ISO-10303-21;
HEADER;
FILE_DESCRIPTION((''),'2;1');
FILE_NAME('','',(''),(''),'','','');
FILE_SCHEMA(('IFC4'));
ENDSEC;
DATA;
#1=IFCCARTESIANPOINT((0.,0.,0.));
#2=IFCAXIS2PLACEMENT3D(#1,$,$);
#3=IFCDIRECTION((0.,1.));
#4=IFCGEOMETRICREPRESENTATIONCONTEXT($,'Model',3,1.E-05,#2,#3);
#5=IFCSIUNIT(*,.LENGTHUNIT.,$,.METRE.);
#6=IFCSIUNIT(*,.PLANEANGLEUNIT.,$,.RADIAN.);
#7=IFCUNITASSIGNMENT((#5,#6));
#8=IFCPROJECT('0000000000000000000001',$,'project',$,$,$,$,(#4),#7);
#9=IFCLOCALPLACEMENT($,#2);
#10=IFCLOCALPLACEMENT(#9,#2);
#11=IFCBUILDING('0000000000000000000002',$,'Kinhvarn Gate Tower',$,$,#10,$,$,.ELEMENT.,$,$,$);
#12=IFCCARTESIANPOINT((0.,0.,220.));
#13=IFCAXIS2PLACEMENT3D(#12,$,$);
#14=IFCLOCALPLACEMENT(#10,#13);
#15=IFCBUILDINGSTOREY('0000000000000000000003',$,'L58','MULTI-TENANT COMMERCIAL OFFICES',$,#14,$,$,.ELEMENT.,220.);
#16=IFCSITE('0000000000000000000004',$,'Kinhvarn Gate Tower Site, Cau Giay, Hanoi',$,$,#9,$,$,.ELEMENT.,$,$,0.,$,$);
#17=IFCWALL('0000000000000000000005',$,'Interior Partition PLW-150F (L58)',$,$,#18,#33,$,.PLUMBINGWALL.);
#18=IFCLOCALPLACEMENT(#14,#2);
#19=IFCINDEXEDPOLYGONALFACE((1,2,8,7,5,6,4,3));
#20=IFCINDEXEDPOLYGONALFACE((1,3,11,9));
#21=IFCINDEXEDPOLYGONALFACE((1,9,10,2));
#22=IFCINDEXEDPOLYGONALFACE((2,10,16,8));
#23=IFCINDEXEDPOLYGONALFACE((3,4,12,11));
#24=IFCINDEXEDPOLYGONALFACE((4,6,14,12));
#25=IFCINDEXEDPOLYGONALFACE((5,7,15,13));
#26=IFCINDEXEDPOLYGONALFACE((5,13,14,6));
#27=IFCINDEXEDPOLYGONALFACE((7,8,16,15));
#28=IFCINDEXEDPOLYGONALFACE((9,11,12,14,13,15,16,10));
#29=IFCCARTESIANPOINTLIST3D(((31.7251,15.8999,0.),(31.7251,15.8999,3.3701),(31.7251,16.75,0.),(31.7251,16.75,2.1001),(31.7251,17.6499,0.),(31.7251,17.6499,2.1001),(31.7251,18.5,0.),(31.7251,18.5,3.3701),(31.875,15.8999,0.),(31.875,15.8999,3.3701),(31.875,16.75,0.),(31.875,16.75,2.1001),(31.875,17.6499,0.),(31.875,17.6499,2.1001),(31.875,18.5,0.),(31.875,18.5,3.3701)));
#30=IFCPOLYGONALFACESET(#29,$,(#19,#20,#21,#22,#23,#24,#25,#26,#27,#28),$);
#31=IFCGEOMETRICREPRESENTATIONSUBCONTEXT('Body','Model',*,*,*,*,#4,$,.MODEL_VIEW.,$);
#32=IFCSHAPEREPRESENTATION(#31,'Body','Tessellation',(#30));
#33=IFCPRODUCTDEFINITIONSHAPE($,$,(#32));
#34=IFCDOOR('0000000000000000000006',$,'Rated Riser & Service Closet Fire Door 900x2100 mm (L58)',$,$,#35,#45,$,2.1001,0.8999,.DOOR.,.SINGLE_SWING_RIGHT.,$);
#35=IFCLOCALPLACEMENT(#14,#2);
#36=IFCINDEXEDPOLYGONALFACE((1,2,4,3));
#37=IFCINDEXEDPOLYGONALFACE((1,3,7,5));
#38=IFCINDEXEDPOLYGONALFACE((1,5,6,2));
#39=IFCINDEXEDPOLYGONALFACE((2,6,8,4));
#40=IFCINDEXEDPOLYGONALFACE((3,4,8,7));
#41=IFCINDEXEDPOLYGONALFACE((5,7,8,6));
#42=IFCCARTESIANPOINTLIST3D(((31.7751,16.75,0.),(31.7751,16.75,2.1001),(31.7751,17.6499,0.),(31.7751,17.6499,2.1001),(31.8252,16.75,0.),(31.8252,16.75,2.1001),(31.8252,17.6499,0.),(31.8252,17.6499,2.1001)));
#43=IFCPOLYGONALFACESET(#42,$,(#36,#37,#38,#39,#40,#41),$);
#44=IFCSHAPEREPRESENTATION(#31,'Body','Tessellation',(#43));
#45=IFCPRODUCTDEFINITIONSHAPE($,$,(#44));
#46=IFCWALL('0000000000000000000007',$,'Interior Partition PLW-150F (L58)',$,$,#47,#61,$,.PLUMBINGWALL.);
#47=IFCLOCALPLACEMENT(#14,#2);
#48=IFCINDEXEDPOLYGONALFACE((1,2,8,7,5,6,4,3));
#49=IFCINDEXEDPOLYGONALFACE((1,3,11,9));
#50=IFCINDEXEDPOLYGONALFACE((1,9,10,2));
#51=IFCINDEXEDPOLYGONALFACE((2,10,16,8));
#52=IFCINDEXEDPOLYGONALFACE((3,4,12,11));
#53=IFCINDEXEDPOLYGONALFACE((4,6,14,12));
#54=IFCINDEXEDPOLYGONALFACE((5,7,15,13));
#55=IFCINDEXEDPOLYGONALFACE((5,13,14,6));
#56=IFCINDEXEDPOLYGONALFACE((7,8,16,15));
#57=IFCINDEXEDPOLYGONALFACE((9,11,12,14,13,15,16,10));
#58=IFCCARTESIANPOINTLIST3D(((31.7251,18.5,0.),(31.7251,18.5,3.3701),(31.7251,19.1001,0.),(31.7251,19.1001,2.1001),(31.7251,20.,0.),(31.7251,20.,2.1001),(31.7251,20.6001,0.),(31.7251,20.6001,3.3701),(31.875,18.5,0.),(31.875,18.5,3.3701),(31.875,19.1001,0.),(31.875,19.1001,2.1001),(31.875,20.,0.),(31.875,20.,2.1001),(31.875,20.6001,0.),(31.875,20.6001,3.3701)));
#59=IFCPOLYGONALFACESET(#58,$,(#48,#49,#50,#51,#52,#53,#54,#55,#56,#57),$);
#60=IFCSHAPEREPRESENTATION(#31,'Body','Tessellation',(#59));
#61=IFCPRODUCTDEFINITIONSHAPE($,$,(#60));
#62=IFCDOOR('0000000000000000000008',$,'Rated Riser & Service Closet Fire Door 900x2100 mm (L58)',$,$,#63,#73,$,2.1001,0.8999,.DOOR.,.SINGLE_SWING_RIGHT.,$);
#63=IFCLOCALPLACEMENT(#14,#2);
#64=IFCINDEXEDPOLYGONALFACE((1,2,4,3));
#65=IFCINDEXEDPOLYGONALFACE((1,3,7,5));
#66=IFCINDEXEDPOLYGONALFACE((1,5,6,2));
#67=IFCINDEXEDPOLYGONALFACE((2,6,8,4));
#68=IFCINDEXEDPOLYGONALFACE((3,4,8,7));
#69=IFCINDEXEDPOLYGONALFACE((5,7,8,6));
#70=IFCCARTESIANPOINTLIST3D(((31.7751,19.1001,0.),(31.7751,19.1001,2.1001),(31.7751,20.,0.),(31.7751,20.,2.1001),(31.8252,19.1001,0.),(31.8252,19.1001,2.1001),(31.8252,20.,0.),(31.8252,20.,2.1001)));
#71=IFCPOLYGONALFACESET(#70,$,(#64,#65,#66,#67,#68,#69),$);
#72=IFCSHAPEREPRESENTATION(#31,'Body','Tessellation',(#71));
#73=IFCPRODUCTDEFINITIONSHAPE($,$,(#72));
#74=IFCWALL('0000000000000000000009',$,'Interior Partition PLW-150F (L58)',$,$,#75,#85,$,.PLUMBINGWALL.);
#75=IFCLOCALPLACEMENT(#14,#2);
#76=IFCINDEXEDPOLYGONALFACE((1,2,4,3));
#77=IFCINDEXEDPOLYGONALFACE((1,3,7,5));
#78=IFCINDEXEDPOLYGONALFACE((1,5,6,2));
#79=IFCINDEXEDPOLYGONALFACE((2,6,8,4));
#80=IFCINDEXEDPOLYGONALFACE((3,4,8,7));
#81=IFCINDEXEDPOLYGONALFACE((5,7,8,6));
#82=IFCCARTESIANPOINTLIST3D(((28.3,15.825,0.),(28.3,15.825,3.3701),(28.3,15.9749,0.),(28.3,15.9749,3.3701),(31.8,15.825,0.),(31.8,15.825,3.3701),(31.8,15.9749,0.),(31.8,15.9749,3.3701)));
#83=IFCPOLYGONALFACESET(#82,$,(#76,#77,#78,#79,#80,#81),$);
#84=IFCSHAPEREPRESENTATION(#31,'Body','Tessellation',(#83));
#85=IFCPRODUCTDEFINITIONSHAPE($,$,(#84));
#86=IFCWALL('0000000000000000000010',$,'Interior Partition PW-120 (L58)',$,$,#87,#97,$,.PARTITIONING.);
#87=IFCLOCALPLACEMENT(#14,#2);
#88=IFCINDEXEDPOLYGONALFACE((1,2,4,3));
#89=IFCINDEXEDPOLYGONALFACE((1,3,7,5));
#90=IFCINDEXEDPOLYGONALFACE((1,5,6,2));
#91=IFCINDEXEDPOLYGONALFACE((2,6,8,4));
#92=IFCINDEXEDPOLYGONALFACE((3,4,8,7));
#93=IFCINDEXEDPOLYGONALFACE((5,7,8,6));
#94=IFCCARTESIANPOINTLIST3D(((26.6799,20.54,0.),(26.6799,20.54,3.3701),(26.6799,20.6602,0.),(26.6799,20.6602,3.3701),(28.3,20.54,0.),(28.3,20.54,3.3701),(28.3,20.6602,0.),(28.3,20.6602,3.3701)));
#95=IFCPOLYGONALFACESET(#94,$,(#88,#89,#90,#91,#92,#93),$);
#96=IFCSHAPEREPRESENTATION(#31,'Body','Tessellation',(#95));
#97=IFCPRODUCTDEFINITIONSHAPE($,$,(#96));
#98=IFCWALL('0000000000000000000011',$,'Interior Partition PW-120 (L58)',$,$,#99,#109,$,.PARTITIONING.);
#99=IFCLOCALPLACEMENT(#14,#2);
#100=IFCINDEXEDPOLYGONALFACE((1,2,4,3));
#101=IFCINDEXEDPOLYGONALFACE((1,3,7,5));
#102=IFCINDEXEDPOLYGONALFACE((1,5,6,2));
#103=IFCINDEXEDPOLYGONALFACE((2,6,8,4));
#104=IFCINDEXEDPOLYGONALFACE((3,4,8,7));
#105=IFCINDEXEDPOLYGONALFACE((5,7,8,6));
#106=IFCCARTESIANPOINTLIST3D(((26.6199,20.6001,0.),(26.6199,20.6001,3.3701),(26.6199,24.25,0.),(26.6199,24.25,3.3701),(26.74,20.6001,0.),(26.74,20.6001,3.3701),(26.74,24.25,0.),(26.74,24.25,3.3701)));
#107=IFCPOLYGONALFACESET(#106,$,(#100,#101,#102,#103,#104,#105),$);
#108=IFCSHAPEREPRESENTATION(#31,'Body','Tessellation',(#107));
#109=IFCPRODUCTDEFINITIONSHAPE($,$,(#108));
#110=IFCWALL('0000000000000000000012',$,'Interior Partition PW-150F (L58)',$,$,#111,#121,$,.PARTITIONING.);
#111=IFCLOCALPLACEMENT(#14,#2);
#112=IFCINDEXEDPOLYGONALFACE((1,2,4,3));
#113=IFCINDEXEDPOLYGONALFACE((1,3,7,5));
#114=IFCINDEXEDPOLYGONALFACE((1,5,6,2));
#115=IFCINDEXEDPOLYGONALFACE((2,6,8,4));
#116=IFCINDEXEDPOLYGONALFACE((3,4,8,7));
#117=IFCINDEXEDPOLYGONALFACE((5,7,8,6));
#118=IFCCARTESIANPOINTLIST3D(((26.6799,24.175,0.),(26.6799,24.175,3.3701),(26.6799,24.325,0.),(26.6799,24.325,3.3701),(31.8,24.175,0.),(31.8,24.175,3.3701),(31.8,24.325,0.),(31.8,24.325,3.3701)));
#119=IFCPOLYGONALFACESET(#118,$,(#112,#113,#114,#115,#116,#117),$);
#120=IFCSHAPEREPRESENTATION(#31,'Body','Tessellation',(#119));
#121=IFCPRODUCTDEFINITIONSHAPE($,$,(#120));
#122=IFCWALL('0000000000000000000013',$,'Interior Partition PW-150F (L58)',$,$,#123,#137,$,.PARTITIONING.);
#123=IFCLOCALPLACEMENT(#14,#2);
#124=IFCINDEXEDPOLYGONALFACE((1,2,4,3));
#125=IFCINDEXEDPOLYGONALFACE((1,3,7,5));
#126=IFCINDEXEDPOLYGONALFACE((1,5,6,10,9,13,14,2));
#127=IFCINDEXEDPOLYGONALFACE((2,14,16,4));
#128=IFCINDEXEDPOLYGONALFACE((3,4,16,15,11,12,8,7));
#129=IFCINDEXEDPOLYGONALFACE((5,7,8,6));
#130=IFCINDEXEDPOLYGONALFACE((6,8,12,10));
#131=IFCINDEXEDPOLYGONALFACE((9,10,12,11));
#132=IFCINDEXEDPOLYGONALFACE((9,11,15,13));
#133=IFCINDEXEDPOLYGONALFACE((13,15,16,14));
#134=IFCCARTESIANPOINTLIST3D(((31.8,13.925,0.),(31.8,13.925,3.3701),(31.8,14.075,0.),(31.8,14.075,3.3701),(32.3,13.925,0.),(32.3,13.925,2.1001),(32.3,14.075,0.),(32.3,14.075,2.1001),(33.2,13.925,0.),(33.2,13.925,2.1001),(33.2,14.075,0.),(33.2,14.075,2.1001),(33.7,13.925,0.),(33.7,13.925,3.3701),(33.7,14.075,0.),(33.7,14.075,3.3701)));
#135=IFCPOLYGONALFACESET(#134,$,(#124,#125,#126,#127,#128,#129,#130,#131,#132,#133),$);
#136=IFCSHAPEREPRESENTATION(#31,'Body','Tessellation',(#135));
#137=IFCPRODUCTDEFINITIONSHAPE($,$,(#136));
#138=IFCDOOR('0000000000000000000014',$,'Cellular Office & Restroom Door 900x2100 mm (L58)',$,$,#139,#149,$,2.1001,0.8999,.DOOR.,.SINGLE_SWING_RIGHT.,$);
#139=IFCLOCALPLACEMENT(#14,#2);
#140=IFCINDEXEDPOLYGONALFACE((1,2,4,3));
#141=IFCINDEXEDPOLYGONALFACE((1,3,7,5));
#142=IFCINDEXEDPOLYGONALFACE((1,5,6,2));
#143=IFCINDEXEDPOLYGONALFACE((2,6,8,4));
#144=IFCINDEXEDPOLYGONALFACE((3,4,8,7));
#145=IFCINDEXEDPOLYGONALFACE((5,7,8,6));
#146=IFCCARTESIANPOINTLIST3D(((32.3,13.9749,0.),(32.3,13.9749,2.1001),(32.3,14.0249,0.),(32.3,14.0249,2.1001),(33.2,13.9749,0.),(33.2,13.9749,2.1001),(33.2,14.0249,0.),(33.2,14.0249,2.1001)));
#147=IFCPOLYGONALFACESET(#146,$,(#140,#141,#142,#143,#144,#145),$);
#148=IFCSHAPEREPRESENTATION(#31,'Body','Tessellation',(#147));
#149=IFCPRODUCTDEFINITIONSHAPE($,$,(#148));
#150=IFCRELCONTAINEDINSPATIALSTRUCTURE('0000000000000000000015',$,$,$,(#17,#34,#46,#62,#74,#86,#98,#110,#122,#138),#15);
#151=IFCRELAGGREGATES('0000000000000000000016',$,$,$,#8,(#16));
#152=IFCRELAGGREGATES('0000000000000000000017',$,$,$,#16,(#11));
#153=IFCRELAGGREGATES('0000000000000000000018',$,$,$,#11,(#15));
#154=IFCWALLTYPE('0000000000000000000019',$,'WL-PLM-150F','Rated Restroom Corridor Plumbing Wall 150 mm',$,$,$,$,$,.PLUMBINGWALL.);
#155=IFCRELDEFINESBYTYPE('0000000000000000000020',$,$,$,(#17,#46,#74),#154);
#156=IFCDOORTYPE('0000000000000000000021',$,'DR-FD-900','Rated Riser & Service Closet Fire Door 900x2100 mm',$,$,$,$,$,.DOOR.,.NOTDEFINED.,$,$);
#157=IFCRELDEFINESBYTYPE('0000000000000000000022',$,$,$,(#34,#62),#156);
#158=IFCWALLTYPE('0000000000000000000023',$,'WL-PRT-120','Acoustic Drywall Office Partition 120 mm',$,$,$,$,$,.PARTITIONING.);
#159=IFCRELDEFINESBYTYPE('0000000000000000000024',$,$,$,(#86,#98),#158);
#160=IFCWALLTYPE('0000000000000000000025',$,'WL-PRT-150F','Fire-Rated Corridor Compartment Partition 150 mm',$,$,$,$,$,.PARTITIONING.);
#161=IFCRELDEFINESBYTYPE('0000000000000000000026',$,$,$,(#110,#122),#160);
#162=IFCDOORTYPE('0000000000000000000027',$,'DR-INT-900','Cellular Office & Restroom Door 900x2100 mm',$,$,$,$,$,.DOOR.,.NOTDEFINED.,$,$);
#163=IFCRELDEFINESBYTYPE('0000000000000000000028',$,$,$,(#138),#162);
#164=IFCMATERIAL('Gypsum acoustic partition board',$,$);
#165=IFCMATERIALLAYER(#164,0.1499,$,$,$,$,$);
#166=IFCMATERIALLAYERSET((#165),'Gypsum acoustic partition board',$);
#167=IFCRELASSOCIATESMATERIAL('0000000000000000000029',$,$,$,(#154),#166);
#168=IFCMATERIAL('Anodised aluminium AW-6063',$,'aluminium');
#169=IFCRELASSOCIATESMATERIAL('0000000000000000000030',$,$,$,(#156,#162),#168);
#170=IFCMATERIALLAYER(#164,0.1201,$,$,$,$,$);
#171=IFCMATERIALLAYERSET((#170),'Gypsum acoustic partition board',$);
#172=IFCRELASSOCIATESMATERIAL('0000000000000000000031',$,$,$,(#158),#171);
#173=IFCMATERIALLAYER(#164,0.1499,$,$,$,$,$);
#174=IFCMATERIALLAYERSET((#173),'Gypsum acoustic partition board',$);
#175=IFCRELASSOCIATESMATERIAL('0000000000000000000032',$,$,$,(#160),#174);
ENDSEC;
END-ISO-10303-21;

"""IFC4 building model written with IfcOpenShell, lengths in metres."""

from ifc_helpers import new_model, si_unit, direction, frame, frame_2d, origin, place, context, subcontext, project, spatial, rectangle, extrude, material, layer, layer_set, type_object, element, fill, save


model = new_model("IFC4")

# Units and contexts
model_context = context("Model", 3, precision=1e-05, world=origin(), true_north=direction((0.0, 1.0)))
body_context = subcontext(model_context, "Body", "Model", "MODEL_VIEW")
ifc_project = project(units=[si_unit("LENGTHUNIT", "METRE"), si_unit("PLANEANGLEUNIT", "RADIAN")], contexts=[model_context])

# Site, building, storey
site_placement = place(None, origin())
site = spatial("IfcSite", under=ifc_project, at=site_placement, Name="Kinhvarn Gate Tower Site, Cau Giay, Hanoi", CompositionType="ELEMENT", RefElevation=0.0)
building_placement = place(site_placement, origin())
building = spatial("IfcBuilding", under=site, at=building_placement, Name="Kinhvarn Gate Tower", CompositionType="ELEMENT")
storey_placement = place(building_placement, frame((0.0, 0.0, 220.0)))
storey = spatial("IfcBuildingStorey", under=building, at=storey_placement, Name="L58", Description="MULTI-TENANT COMMERCIAL OFFICES", CompositionType="ELEMENT", Elevation=220.0)

# Shared definitions
ifc_material_1 = material(Name="Gypsum acoustic partition board")

# Walls, openings, doors
ifc_layer_1 = layer(ifc_material_1, 0.1499)
ifc_layer_set_1 = layer_set([ifc_layer_1], Name="Gypsum acoustic partition board")
wall_type_1 = type_object("IfcWallType", Name="WL-PLM-150F", Description="Rated Restroom Corridor Plumbing Wall 150 mm", PredefinedType="PLUMBINGWALL", material=ifc_layer_set_1)
wall_1_placement = place(storey_placement, frame((31.8, 15.8999, 0.0), z_axis=(0.0, 0.0, 1.0), x_axis=(0.0, 1.0, 0.0)))
wall_1 = element("IfcWall", 1, at=wall_1_placement, inside=storey, type_object=wall_type_1, Name="Interior Partition PLW-150F (L58)", PredefinedType="PLUMBINGWALL", context=body_context, shape_type="SweptSolid", body=[
    extrude(rectangle(XDim=2.6001, YDim=0.1499, at=frame_2d((1.3, 0.0))), origin(), (0.0, 0.0, 1.0), 3.3701),
])
opening_1_placement = place(wall_1_placement, frame((0.8501, 0.0, 0.0)))
opening_1 = element("IfcOpeningElement", 2, at=opening_1_placement, cuts=wall_1, PredefinedType="OPENING", context=body_context, shape_type="SweptSolid", body=[
    extrude(rectangle(XDim=0.8999, YDim=2.1001, at=frame_2d((0.45, 1.05))), frame((0.0, 0.085, 0.0), z_axis=(0.0, -1.0, 0.0), x_axis=(1.0, 0.0, 0.0)), (0.0, 0.0, 1.0), 0.1699),
])
ifc_material_2 = material(Name="Anodised aluminium AW-6063", Category="aluminium")
door_type_1 = type_object("IfcDoorType", Name="DR-FD-900", Description="Rated Riser & Service Closet Fire Door 900x2100 mm", OperationType="NOTDEFINED", PredefinedType="DOOR", material=ifc_material_2)
door_1_placement = place(opening_1_placement, origin())
door_1 = element("IfcDoor", 3, at=door_1_placement, inside=storey, type_object=door_type_1, Name="Rated Riser & Service Closet Fire Door 900x2100 mm (L58)", OperationType="SINGLE_SWING_RIGHT", OverallHeight=2.1001, OverallWidth=0.8999, PredefinedType="DOOR", context=body_context, shape_type="SweptSolid", body=[
    extrude(rectangle(XDim=0.8999, YDim=2.1001, at=frame_2d((0.45, 1.05))), frame((0.0, 0.0249, 0.0), z_axis=(0.0, -1.0, 0.0), x_axis=(1.0, 0.0, 0.0)), (0.0, 0.0, 1.0), 0.05),
])
fill(opening_1, door_1)
wall_2_placement = place(storey_placement, frame((31.8, 18.5, 0.0), z_axis=(0.0, 0.0, 1.0), x_axis=(0.0, 1.0, 0.0)))
wall_2 = element("IfcWall", 4, at=wall_2_placement, inside=storey, type_object=wall_type_1, Name="Interior Partition PLW-150F (L58)", PredefinedType="PLUMBINGWALL", context=body_context, shape_type="SweptSolid", body=[
    extrude(rectangle(XDim=2.1001, YDim=0.1499, at=frame_2d((1.05, 0.0))), origin(), (0.0, 0.0, 1.0), 3.3701),
])
opening_2_placement = place(wall_2_placement, frame((0.6001, 0.0, 0.0)))
opening_2 = element("IfcOpeningElement", 5, at=opening_2_placement, cuts=wall_2, PredefinedType="OPENING", context=body_context, shape_type="SweptSolid", body=[
    extrude(rectangle(XDim=0.8999, YDim=2.1001, at=frame_2d((0.45, 1.05))), frame((0.0, 0.085, 0.0), z_axis=(0.0, -1.0, 0.0), x_axis=(1.0, 0.0, 0.0)), (0.0, 0.0, 1.0), 0.1699),
])
door_2_placement = place(opening_2_placement, origin())
door_2 = element("IfcDoor", 6, at=door_2_placement, inside=storey, type_object=door_type_1, Name="Rated Riser & Service Closet Fire Door 900x2100 mm (L58)", OperationType="SINGLE_SWING_RIGHT", OverallHeight=2.1001, OverallWidth=0.8999, PredefinedType="DOOR", context=body_context, shape_type="SweptSolid", body=[
    extrude(rectangle(XDim=0.8999, YDim=2.1001, at=frame_2d((0.45, 1.05))), frame((0.0, 0.0249, 0.0), z_axis=(0.0, -1.0, 0.0), x_axis=(1.0, 0.0, 0.0)), (0.0, 0.0, 1.0), 0.05),
])
fill(opening_2, door_2)

# Walls
wall_3_placement = place(storey_placement, frame((28.3, 15.8999, 0.0), z_axis=(0.0, 0.0, 1.0), x_axis=(1.0, 0.0, 0.0)))
element("IfcWall", 7, at=wall_3_placement, inside=storey, type_object=wall_type_1, Name="Interior Partition PLW-150F (L58)", PredefinedType="PLUMBINGWALL", context=body_context, shape_type="SweptSolid", body=[
    extrude(rectangle(XDim=3.5, YDim=0.1499, at=frame_2d((1.75, 0.0))), origin(), (0.0, 0.0, 1.0), 3.3701),
])
ifc_layer_2 = layer(ifc_material_1, 0.1201)
ifc_layer_set_2 = layer_set([ifc_layer_2], Name="Gypsum acoustic partition board")
wall_type_2 = type_object("IfcWallType", Name="WL-PRT-120", Description="Acoustic Drywall Office Partition 120 mm", PredefinedType="PARTITIONING", material=ifc_layer_set_2)
wall_4_placement = place(storey_placement, frame((26.6799, 20.6001, 0.0), z_axis=(0.0, 0.0, 1.0), x_axis=(1.0, 0.0, 0.0)))
element("IfcWall", 8, at=wall_4_placement, inside=storey, type_object=wall_type_2, Name="Interior Partition PW-120 (L58)", PredefinedType="PARTITIONING", context=body_context, shape_type="SweptSolid", body=[
    extrude(rectangle(XDim=1.6201, YDim=0.1201, at=frame_2d((0.8101, 0.0))), origin(), (0.0, 0.0, 1.0), 3.3701),
])
wall_5_placement = place(storey_placement, frame((26.6799, 20.6001, 0.0), z_axis=(0.0, 0.0, 1.0), x_axis=(0.0, 1.0, 0.0)))
element("IfcWall", 9, at=wall_5_placement, inside=storey, type_object=wall_type_2, Name="Interior Partition PW-120 (L58)", PredefinedType="PARTITIONING", context=body_context, shape_type="SweptSolid", body=[
    extrude(rectangle(XDim=3.6499, YDim=0.1201, at=frame_2d((1.825, 0.0))), origin(), (0.0, 0.0, 1.0), 3.3701),
])
ifc_layer_3 = layer(ifc_material_1, 0.1499)
ifc_layer_set_3 = layer_set([ifc_layer_3], Name="Gypsum acoustic partition board")
wall_type_3 = type_object("IfcWallType", Name="WL-PRT-150F", Description="Fire-Rated Corridor Compartment Partition 150 mm", PredefinedType="PARTITIONING", material=ifc_layer_set_3)
wall_6_placement = place(storey_placement, frame((26.6799, 24.25, 0.0), z_axis=(0.0, 0.0, 1.0), x_axis=(1.0, 0.0, 0.0)))
element("IfcWall", 10, at=wall_6_placement, inside=storey, type_object=wall_type_3, Name="Interior Partition PW-150F (L58)", PredefinedType="PARTITIONING", context=body_context, shape_type="SweptSolid", body=[
    extrude(rectangle(XDim=5.1201, YDim=0.1499, at=frame_2d((2.5601, 0.0))), origin(), (0.0, 0.0, 1.0), 3.3701),
])

# Wall, opening, door
wall_7_placement = place(storey_placement, frame((31.8, 14.0, 0.0), z_axis=(0.0, 0.0, 1.0), x_axis=(1.0, 0.0, 0.0)))
wall_7 = element("IfcWall", 11, at=wall_7_placement, inside=storey, type_object=wall_type_3, Name="Interior Partition PW-150F (L58)", PredefinedType="PARTITIONING", context=body_context, shape_type="SweptSolid", body=[
    extrude(rectangle(XDim=1.8999, YDim=0.1499, at=frame_2d((0.95, 0.0))), origin(), (0.0, 0.0, 1.0), 3.3701),
])
opening_3_placement = place(wall_7_placement, frame((0.5, 0.0, 0.0)))
opening_3 = element("IfcOpeningElement", 12, at=opening_3_placement, cuts=wall_7, PredefinedType="OPENING", context=body_context, shape_type="SweptSolid", body=[
    extrude(rectangle(XDim=0.8999, YDim=2.1001, at=frame_2d((0.45, 1.05))), frame((0.0, 0.085, 0.0), z_axis=(0.0, -1.0, 0.0), x_axis=(1.0, 0.0, 0.0)), (0.0, 0.0, 1.0), 0.1699),
])
door_type_2 = type_object("IfcDoorType", Name="DR-INT-900", Description="Cellular Office & Restroom Door 900x2100 mm", OperationType="NOTDEFINED", PredefinedType="DOOR", material=ifc_material_2)
door_3_placement = place(opening_3_placement, origin())
door_3 = element("IfcDoor", 13, at=door_3_placement, inside=storey, type_object=door_type_2, Name="Cellular Office & Restroom Door 900x2100 mm (L58)", OperationType="SINGLE_SWING_RIGHT", OverallHeight=2.1001, OverallWidth=0.8999, PredefinedType="DOOR", context=body_context, shape_type="SweptSolid", body=[
    extrude(rectangle(XDim=0.8999, YDim=2.1001, at=frame_2d((0.45, 1.05))), frame((0.0, 0.0249, 0.0), z_axis=(0.0, -1.0, 0.0), x_axis=(1.0, 0.0, 0.0)), (0.0, 0.0, 1.0), 0.05),
])
fill(opening_3, door_3)

save(model, "model.ifc")
